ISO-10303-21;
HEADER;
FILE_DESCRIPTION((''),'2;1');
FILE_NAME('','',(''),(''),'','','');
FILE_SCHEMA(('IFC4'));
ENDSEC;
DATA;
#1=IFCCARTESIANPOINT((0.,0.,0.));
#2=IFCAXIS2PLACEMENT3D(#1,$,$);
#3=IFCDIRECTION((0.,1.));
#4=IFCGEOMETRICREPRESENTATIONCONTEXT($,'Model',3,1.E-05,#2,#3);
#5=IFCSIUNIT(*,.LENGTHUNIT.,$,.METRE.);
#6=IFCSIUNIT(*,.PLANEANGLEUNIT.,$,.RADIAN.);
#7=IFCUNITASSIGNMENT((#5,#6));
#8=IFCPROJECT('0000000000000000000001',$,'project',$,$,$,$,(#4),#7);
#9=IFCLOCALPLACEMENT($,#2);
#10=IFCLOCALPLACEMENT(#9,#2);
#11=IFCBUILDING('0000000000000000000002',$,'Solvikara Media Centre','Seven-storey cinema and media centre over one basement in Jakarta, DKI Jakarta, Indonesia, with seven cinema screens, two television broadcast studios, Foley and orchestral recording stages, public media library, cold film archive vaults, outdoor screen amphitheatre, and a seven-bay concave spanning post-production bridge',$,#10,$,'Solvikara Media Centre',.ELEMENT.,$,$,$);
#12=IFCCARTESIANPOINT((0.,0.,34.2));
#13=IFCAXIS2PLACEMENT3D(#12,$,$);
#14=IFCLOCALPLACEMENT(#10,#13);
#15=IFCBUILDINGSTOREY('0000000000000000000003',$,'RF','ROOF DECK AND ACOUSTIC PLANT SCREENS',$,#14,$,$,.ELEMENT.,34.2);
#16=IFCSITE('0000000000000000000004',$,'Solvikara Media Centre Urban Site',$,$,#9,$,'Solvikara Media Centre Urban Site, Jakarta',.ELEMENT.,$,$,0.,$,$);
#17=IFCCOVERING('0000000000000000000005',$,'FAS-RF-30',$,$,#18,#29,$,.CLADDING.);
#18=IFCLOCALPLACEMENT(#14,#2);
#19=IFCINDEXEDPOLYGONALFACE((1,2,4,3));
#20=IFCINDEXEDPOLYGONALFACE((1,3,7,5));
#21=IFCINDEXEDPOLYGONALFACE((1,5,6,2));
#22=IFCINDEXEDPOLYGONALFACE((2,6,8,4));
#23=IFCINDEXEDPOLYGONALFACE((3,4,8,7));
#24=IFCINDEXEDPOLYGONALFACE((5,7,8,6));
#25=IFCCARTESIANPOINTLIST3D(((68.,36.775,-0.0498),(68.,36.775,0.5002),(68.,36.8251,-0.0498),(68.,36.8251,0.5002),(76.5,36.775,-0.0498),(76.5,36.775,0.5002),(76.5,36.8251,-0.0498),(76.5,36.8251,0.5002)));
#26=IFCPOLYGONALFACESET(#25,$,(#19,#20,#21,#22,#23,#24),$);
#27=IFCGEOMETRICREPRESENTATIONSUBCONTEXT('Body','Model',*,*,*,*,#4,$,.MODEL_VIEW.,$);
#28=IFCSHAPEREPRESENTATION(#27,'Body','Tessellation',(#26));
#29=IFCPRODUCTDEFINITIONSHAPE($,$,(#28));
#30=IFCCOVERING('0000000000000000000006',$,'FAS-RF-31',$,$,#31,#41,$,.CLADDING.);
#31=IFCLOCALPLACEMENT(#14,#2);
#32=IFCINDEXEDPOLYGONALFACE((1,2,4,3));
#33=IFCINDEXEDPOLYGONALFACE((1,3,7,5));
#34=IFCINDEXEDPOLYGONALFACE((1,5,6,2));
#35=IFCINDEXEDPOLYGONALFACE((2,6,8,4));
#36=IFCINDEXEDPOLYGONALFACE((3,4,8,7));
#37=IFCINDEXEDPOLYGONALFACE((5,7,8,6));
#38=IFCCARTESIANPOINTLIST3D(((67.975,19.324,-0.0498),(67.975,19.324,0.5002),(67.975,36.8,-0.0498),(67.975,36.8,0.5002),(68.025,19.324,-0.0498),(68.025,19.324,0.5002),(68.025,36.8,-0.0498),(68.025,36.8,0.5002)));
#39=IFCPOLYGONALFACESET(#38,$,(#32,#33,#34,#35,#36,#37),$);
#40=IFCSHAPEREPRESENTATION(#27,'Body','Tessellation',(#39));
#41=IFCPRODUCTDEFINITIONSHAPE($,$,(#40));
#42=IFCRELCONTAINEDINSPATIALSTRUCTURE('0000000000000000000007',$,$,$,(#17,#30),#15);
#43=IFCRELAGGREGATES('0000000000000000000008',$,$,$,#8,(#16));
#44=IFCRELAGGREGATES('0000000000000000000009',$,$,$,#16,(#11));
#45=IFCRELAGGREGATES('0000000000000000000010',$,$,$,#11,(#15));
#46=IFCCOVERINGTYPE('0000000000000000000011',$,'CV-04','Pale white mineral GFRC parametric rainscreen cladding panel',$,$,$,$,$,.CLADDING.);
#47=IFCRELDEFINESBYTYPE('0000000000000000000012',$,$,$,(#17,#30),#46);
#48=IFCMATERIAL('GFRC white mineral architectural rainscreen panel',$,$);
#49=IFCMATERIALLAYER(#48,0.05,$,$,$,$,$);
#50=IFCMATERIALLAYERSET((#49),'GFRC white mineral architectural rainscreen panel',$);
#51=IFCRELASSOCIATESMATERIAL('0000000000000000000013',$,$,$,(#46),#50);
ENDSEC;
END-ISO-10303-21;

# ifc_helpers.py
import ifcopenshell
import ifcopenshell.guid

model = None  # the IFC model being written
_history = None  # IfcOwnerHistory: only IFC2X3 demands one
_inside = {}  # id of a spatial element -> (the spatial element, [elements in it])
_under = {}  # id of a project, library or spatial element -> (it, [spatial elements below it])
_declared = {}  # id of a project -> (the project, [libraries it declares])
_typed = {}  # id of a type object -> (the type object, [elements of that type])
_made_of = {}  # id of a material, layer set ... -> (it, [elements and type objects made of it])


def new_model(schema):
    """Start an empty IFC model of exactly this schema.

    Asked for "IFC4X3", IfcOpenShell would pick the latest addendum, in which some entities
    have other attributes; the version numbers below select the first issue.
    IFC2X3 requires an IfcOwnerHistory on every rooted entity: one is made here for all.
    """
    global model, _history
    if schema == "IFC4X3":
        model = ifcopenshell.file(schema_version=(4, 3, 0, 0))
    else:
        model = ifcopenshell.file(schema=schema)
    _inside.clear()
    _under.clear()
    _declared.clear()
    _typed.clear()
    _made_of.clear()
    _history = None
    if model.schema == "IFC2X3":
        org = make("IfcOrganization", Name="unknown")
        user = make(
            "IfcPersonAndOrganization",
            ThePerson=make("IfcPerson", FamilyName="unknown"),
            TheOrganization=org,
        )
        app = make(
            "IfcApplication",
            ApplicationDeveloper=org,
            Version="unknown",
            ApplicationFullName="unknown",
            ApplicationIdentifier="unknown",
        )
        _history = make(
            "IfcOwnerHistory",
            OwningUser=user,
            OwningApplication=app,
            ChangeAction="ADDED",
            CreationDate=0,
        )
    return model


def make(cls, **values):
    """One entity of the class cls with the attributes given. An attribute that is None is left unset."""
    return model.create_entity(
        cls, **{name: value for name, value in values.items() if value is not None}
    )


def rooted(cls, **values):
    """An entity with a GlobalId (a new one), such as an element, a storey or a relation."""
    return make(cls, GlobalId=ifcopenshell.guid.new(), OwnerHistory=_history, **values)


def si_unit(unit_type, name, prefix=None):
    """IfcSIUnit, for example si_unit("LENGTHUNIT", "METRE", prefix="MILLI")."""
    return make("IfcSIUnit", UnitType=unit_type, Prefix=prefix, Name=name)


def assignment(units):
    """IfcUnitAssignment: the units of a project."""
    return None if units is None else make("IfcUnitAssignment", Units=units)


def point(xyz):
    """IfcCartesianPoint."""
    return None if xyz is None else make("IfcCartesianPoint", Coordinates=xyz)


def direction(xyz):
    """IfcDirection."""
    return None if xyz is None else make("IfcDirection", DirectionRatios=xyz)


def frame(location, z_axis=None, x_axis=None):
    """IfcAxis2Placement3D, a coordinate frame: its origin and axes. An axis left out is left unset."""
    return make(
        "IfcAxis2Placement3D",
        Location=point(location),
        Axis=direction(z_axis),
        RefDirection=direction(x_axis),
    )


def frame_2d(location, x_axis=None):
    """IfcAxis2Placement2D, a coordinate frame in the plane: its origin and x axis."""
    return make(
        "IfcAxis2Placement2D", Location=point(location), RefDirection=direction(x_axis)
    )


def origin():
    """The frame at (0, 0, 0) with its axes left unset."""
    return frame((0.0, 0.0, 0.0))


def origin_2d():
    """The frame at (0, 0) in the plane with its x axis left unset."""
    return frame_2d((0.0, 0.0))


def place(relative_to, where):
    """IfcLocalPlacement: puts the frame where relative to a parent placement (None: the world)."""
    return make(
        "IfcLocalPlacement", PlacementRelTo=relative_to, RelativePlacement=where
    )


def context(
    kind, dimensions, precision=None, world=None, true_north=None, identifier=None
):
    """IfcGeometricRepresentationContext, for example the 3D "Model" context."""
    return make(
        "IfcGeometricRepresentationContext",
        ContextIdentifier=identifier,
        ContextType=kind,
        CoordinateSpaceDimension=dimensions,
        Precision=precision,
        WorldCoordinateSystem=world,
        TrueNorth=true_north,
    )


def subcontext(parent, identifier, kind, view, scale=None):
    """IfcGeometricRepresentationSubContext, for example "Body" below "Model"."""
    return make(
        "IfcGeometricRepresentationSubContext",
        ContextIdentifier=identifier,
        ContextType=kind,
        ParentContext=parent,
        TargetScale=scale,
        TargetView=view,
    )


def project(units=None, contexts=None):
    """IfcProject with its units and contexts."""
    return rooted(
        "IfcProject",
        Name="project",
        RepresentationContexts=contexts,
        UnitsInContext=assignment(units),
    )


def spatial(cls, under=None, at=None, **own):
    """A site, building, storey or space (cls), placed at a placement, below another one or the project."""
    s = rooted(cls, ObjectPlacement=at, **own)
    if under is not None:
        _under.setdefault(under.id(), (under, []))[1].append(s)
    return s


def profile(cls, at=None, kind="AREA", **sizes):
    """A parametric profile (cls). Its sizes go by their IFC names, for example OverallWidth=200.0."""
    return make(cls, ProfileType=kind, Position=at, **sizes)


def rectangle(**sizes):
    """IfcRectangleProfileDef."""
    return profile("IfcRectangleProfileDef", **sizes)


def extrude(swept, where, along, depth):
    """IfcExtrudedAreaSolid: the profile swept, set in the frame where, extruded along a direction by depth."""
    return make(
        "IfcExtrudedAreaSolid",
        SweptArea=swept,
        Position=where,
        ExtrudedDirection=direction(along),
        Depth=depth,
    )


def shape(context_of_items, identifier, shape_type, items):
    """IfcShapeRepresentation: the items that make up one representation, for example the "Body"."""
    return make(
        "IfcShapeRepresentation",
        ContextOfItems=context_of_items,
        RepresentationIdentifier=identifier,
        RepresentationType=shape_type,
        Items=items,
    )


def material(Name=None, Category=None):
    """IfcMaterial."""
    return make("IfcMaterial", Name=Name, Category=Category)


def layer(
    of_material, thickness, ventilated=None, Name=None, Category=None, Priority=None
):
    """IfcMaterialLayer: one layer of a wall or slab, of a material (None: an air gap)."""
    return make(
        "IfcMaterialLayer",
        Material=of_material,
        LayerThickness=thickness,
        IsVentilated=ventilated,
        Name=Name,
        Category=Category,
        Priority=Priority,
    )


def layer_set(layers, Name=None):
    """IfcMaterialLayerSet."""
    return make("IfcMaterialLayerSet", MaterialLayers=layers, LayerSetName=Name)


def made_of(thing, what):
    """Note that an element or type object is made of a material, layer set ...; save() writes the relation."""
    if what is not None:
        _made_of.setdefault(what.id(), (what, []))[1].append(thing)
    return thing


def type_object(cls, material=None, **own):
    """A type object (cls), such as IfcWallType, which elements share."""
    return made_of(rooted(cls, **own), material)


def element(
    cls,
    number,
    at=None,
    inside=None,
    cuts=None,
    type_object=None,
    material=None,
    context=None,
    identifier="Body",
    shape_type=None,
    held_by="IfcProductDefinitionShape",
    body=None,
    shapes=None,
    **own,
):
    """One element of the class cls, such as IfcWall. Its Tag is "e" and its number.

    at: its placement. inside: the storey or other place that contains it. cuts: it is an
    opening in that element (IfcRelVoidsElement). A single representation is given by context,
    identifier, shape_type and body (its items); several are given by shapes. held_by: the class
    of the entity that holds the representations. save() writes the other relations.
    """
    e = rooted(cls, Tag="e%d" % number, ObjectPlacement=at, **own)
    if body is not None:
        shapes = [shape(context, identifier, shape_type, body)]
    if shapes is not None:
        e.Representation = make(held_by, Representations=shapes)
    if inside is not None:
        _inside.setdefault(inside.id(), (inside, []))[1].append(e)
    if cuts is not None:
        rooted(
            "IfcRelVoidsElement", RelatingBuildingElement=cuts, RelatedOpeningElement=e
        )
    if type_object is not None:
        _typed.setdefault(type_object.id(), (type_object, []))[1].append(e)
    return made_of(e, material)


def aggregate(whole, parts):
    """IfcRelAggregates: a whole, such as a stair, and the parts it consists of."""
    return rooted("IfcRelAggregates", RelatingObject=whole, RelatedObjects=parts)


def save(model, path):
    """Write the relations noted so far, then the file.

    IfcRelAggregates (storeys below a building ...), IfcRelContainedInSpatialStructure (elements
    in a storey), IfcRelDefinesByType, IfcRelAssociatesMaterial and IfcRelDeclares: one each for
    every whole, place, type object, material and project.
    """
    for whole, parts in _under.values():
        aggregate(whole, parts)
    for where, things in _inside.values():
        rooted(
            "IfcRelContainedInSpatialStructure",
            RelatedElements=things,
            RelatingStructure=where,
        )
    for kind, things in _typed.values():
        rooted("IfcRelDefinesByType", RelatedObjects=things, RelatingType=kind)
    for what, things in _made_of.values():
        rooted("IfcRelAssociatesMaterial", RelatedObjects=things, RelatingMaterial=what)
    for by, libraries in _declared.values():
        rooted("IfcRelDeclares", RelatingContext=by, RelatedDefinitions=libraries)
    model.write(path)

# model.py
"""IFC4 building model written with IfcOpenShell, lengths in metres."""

from ifc_helpers import new_model, si_unit, direction, frame, origin, origin_2d, place, context, subcontext, project, spatial, rectangle, extrude, material, layer, layer_set, type_object, element, save


model = new_model("IFC4")

# Units and contexts
model_context = context("Model", 3, precision=1e-05, world=origin(), true_north=direction((0.0, 1.0)))
body_context = subcontext(model_context, "Body", "Model", "MODEL_VIEW")
ifc_project = project(units=[si_unit("LENGTHUNIT", "METRE"), si_unit("PLANEANGLEUNIT", "RADIAN")], contexts=[model_context])

# Site, building, storey
site_placement = place(None, origin())
site = spatial("IfcSite", under=ifc_project, at=site_placement, Name="Solvikara Media Centre Urban Site", LongName="Solvikara Media Centre Urban Site, Jakarta", CompositionType="ELEMENT", RefElevation=0.0)
building_placement = place(site_placement, origin())
building = spatial("IfcBuilding", under=site, at=building_placement, Name="Solvikara Media Centre", Description="Seven-storey cinema and media centre over one basement in Jakarta, DKI Jakarta, Indonesia, with seven cinema screens, two television broadcast studios, Foley and orchestral recording stages, public media library, cold film archive vaults, outdoor screen amphitheatre, and a seven-bay concave spanning post-production bridge", LongName="Solvikara Media Centre", CompositionType="ELEMENT")
storey_placement = place(building_placement, frame((0.0, 0.0, 34.2)))
storey = spatial("IfcBuildingStorey", under=building, at=storey_placement, Name="RF", Description="ROOF DECK AND ACOUSTIC PLANT SCREENS", CompositionType="ELEMENT", Elevation=34.2)

# Coverings
ifc_material_1 = material(Name="GFRC white mineral architectural rainscreen panel")
ifc_layer_1 = layer(ifc_material_1, 0.05)
ifc_layer_set_1 = layer_set([ifc_layer_1], Name="GFRC white mineral architectural rainscreen panel")
covering_type = type_object("IfcCoveringType", Name="CV-04", Description="Pale white mineral GFRC parametric rainscreen cladding panel", PredefinedType="CLADDING", material=ifc_layer_set_1)
covering_1_placement = place(storey_placement, frame((72.25, 36.8, -0.0498), z_axis=(0.0, 0.0, 1.0), x_axis=(-1.0, 0.0, 0.0)))
element("IfcCovering", 1, at=covering_1_placement, inside=storey, type_object=covering_type, Name="FAS-RF-30", PredefinedType="CLADDING", context=body_context, shape_type="SweptSolid", body=[
    extrude(rectangle(XDim=8.5, YDim=0.05, at=origin_2d()), origin(), (0.0, 0.0, 1.0), 0.55),
])
covering_2_placement = place(storey_placement, frame((68.0, 28.062, -0.0498), z_axis=(0.0, 0.0, 1.0), x_axis=(0.0, -1.0, 0.0)))
element("IfcCovering", 2, at=covering_2_placement, inside=storey, type_object=covering_type, Name="FAS-RF-31", PredefinedType="CLADDING", context=body_context, shape_type="SweptSolid", body=[
    extrude(rectangle(XDim=17.4761, YDim=0.05, at=origin_2d()), origin(), (0.0, 0.0, 1.0), 0.55),
])

save(model, "model.ifc")
